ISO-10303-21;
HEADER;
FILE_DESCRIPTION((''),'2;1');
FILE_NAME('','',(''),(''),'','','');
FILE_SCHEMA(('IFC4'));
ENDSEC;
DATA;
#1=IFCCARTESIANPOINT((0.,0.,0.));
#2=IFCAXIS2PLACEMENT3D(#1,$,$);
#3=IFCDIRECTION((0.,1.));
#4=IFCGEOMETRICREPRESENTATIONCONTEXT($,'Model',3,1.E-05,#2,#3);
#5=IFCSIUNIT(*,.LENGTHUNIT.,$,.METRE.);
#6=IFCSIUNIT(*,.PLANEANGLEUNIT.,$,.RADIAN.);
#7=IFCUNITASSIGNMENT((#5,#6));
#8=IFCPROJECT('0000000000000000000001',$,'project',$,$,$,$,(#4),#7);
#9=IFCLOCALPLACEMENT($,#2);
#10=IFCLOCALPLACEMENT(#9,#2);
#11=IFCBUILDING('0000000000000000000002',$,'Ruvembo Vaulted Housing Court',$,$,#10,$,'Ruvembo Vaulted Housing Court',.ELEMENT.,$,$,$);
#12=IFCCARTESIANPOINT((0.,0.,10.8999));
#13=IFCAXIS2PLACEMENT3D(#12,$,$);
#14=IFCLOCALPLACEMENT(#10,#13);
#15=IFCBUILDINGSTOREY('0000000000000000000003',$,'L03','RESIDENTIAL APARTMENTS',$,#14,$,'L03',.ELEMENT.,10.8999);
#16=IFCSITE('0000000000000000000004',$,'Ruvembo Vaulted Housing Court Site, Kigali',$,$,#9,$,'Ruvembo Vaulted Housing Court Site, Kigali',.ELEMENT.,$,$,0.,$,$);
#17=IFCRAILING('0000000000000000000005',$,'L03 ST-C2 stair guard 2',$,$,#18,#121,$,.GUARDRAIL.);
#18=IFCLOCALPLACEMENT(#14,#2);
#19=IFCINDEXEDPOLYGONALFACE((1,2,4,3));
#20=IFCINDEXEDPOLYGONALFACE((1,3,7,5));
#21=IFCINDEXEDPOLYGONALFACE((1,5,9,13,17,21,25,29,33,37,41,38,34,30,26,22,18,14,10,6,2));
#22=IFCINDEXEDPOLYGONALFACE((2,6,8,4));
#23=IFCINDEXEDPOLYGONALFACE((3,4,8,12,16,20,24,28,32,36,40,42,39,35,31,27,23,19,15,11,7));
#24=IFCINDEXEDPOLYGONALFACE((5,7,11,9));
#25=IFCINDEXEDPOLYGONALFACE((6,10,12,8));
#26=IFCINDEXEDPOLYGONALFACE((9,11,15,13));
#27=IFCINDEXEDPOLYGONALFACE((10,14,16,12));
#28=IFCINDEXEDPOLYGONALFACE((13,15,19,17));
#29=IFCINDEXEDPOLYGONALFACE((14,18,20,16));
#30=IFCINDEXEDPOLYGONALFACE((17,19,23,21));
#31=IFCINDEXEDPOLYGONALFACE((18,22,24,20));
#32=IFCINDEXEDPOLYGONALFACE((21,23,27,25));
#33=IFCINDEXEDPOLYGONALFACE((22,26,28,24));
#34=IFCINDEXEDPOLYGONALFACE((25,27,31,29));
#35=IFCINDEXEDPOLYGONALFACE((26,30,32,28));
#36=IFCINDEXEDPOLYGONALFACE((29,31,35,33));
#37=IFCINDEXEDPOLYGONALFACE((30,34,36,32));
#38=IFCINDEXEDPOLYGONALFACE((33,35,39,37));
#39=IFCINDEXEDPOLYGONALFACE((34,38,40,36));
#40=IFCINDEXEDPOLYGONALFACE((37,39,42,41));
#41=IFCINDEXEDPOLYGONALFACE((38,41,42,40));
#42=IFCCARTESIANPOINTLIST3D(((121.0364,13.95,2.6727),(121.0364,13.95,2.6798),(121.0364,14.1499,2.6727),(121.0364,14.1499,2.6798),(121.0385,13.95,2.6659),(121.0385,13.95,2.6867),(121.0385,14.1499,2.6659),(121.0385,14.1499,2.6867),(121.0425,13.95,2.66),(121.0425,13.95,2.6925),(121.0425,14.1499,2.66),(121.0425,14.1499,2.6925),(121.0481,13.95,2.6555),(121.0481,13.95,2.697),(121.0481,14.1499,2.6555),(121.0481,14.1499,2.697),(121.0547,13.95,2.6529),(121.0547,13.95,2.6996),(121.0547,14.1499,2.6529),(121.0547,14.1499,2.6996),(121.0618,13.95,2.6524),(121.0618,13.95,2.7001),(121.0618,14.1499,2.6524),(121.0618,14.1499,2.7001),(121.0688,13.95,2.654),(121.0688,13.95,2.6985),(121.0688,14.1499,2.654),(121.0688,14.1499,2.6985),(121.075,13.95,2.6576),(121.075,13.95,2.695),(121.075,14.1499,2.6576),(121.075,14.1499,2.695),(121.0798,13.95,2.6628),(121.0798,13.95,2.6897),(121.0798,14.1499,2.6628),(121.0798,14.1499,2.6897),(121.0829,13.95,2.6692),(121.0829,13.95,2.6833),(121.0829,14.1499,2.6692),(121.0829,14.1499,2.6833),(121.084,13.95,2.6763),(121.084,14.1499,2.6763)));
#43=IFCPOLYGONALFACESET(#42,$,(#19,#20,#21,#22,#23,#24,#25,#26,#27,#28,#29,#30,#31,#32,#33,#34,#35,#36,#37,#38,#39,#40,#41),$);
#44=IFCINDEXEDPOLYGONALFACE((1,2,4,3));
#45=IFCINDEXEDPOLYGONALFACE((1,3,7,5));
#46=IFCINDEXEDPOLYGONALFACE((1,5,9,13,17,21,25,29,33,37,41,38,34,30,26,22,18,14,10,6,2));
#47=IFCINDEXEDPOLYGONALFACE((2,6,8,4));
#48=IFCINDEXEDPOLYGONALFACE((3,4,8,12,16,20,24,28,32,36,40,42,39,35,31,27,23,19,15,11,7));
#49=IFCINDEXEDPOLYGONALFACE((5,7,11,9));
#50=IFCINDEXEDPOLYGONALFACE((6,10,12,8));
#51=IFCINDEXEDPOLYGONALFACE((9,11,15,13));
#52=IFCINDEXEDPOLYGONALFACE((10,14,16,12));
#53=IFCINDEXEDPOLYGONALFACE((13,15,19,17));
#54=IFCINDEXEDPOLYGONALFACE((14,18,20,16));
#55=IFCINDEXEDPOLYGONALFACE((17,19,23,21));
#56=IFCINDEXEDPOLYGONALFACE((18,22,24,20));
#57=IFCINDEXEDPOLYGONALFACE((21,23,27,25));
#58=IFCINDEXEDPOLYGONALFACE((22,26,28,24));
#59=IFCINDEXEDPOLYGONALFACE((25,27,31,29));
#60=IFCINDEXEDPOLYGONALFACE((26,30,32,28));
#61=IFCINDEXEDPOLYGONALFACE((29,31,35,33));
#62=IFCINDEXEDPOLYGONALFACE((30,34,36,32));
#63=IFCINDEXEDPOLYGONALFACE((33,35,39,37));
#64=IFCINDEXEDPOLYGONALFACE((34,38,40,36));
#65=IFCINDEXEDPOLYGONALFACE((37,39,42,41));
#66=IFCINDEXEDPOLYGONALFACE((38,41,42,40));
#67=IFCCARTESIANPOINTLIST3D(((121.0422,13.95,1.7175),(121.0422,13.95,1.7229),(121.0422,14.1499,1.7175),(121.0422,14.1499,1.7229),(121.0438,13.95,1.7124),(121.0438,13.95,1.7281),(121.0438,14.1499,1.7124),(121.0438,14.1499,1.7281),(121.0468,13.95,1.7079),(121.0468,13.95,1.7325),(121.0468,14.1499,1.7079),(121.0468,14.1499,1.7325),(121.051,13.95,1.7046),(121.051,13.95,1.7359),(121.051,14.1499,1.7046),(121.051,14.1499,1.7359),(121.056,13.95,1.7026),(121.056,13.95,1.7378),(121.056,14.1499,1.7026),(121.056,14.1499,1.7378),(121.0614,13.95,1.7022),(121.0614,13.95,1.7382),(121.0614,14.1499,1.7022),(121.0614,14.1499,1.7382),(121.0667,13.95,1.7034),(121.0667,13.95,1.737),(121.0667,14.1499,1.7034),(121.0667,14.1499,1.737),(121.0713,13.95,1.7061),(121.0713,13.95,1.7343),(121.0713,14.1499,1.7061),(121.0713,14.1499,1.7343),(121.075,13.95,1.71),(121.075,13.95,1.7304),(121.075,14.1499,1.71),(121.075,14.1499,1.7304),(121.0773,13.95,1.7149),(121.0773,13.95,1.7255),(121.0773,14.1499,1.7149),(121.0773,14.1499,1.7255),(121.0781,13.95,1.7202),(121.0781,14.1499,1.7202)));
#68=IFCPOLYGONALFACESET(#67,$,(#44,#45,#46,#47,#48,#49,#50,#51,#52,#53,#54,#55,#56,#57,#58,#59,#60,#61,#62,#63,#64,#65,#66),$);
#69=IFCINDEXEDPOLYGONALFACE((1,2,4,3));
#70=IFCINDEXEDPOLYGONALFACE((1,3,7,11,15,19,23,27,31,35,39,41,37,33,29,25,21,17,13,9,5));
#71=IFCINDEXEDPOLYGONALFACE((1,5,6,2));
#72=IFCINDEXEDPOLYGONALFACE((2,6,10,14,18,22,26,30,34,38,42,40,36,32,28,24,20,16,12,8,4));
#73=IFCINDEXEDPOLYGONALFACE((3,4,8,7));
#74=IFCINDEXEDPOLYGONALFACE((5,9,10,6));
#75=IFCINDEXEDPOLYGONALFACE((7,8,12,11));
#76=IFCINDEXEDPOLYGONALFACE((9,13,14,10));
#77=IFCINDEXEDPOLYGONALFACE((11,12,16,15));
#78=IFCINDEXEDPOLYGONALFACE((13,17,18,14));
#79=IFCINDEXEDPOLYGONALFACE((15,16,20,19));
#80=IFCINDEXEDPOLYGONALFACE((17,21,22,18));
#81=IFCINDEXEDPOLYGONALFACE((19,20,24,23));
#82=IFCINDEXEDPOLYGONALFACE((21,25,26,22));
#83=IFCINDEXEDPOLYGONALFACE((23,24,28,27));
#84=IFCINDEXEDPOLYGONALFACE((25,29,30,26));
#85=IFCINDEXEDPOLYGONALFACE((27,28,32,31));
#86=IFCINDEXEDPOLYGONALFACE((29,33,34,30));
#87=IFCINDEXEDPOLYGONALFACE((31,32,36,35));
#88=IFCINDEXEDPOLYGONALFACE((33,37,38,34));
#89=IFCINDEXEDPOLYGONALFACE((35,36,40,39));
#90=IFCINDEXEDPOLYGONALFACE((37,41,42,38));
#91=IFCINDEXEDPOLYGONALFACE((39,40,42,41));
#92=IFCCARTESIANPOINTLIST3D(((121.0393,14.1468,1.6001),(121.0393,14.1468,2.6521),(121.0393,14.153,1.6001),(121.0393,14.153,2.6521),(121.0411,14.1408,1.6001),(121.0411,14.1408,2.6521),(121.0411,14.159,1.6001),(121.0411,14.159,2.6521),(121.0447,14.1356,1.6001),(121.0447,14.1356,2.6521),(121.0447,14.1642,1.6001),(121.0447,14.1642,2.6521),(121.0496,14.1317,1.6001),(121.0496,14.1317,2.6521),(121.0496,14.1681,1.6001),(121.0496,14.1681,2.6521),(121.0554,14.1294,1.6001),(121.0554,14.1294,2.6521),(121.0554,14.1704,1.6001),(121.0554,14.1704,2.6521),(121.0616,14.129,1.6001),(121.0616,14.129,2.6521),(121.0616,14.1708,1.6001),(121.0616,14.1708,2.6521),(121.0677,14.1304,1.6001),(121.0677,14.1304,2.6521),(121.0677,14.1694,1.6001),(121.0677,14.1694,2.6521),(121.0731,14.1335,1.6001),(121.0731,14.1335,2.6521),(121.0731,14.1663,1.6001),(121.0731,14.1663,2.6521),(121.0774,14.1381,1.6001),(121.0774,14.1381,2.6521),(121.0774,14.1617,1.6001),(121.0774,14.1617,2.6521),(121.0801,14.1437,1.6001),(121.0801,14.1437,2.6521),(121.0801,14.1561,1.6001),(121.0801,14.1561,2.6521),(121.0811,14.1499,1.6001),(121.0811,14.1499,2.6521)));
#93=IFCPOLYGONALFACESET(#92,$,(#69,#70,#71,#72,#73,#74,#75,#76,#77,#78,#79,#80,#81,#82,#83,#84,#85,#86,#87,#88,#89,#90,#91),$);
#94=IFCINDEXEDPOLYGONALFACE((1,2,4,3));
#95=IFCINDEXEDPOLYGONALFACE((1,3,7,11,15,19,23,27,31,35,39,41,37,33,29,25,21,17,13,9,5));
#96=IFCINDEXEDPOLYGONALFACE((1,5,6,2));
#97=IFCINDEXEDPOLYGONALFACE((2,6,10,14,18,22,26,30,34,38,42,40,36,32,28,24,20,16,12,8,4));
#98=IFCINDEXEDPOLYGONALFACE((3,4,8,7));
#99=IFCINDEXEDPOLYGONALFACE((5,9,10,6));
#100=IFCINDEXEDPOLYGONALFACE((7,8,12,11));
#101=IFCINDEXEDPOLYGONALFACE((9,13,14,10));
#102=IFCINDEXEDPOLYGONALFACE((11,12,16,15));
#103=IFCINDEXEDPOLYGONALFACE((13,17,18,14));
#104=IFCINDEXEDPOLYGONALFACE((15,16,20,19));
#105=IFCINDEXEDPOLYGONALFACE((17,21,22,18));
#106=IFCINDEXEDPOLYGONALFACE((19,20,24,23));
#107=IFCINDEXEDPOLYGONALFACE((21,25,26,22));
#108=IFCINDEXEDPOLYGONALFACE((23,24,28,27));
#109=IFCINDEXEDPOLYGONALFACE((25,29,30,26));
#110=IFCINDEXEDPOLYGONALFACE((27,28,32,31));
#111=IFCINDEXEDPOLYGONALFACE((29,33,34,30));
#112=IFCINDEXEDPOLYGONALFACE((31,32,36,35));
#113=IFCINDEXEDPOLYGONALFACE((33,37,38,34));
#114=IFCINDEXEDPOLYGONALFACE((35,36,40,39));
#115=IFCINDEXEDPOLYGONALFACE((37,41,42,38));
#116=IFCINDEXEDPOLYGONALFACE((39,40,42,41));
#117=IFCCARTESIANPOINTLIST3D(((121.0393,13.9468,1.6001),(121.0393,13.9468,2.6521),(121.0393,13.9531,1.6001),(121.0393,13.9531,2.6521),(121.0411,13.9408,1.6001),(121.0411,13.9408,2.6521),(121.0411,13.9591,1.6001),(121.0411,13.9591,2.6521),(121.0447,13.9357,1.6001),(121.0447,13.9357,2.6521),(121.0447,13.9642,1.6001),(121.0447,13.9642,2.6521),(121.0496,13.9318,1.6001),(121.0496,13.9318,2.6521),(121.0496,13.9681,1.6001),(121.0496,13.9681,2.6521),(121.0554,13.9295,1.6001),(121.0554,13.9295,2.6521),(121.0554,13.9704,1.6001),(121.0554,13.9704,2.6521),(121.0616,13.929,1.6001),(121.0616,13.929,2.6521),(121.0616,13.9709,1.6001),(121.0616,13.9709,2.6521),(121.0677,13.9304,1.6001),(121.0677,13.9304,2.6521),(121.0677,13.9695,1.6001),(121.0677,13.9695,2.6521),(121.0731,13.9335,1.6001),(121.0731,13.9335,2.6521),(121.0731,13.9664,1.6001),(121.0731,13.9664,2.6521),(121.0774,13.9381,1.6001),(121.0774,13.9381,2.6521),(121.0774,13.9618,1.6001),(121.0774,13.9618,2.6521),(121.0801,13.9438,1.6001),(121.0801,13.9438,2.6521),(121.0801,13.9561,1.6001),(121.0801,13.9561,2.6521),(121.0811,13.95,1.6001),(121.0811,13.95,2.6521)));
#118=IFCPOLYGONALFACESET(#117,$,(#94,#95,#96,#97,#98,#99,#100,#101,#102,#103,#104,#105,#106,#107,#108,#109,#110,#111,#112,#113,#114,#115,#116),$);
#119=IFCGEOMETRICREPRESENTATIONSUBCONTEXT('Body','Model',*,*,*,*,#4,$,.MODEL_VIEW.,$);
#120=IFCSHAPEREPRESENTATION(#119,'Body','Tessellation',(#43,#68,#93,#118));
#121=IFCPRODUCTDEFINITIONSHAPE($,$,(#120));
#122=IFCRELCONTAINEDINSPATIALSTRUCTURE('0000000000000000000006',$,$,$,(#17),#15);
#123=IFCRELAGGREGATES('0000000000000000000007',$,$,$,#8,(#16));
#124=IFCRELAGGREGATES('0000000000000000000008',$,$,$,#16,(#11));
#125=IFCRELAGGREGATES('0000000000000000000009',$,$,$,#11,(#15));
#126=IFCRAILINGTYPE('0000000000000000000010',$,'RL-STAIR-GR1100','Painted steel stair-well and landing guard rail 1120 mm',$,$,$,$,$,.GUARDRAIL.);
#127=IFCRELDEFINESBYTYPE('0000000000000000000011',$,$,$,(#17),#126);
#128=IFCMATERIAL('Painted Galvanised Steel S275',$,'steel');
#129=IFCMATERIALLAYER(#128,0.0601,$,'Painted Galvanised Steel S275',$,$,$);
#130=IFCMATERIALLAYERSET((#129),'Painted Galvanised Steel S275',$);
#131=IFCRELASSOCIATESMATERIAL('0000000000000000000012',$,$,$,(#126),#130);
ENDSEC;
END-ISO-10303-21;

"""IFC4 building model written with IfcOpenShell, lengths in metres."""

from ifc_helpers import new_model, si_unit, direction, frame, origin, origin_2d, place, context, subcontext, project, spatial, circle, extrude, material, layer, layer_set, type_object, element, save


model = new_model("IFC4")

# Units and contexts
model_context = context("Model", 3, precision=1e-05, world=origin(), true_north=direction((0.0, 1.0)))
body_context = subcontext(model_context, "Body", "Model", "MODEL_VIEW")
ifc_project = project(units=[si_unit("LENGTHUNIT", "METRE"), si_unit("PLANEANGLEUNIT", "RADIAN")], contexts=[model_context])

# Site, building, storey
site_placement = place(None, origin())
site = spatial("IfcSite", under=ifc_project, at=site_placement, Name="Ruvembo Vaulted Housing Court Site, Kigali", LongName="Ruvembo Vaulted Housing Court Site, Kigali", CompositionType="ELEMENT", RefElevation=0.0)
building_placement = place(site_placement, origin())
building = spatial("IfcBuilding", under=site, at=building_placement, Name="Ruvembo Vaulted Housing Court", LongName="Ruvembo Vaulted Housing Court", CompositionType="ELEMENT")
storey_placement = place(building_placement, frame((0.0, 0.0, 10.8999)))
storey = spatial("IfcBuildingStorey", under=building, at=storey_placement, Name="L03", Description="RESIDENTIAL APARTMENTS", LongName="L03", CompositionType="ELEMENT", Elevation=10.8999)

# Railing
ifc_material_1 = material(Name="Painted Galvanised Steel S275", Category="steel")
ifc_layer_1 = layer(ifc_material_1, 0.0601, Name="Painted Galvanised Steel S275")
ifc_layer_set_1 = layer_set([ifc_layer_1], Name="Painted Galvanised Steel S275")
railing_type_1 = type_object("IfcRailingType", Name="RL-STAIR-GR1100", Description="Painted steel stair-well and landing guard rail 1120 mm", PredefinedType="GUARDRAIL", material=ifc_layer_set_1)
railing_1_placement = place(storey_placement, frame((121.0601, 14.1499, 1.6001)))
element("IfcRailing", 1, at=railing_1_placement, inside=storey, type_object=railing_type_1, Name="L03 ST-C2 stair guard 2", PredefinedType="GUARDRAIL", context=body_context, shape_type="SweptSolid", body=[
    extrude(circle(Radius=0.0239, at=origin_2d()), frame((0.0, 0.0, 1.0762), z_axis=(0.0, -1.0, 0.0), x_axis=(1.0, 0.0, 0.0)), (0.0, 0.0, 1.0), 0.2),
    extrude(circle(Radius=0.0181, at=origin_2d()), frame((0.0, 0.0, 0.1201), z_axis=(0.0, -1.0, 0.0), x_axis=(1.0, 0.0, 0.0)), (0.0, 0.0, 1.0), 0.2),
    extrude(circle(Radius=0.021, at=origin_2d()), origin(), (0.0, 0.0, 1.0), 1.052),
    extrude(circle(Radius=0.021, at=origin_2d()), frame((0.0, -0.2, 0.0)), (0.0, 0.0, 1.0), 1.052),
])

save(model, "model.ifc")
